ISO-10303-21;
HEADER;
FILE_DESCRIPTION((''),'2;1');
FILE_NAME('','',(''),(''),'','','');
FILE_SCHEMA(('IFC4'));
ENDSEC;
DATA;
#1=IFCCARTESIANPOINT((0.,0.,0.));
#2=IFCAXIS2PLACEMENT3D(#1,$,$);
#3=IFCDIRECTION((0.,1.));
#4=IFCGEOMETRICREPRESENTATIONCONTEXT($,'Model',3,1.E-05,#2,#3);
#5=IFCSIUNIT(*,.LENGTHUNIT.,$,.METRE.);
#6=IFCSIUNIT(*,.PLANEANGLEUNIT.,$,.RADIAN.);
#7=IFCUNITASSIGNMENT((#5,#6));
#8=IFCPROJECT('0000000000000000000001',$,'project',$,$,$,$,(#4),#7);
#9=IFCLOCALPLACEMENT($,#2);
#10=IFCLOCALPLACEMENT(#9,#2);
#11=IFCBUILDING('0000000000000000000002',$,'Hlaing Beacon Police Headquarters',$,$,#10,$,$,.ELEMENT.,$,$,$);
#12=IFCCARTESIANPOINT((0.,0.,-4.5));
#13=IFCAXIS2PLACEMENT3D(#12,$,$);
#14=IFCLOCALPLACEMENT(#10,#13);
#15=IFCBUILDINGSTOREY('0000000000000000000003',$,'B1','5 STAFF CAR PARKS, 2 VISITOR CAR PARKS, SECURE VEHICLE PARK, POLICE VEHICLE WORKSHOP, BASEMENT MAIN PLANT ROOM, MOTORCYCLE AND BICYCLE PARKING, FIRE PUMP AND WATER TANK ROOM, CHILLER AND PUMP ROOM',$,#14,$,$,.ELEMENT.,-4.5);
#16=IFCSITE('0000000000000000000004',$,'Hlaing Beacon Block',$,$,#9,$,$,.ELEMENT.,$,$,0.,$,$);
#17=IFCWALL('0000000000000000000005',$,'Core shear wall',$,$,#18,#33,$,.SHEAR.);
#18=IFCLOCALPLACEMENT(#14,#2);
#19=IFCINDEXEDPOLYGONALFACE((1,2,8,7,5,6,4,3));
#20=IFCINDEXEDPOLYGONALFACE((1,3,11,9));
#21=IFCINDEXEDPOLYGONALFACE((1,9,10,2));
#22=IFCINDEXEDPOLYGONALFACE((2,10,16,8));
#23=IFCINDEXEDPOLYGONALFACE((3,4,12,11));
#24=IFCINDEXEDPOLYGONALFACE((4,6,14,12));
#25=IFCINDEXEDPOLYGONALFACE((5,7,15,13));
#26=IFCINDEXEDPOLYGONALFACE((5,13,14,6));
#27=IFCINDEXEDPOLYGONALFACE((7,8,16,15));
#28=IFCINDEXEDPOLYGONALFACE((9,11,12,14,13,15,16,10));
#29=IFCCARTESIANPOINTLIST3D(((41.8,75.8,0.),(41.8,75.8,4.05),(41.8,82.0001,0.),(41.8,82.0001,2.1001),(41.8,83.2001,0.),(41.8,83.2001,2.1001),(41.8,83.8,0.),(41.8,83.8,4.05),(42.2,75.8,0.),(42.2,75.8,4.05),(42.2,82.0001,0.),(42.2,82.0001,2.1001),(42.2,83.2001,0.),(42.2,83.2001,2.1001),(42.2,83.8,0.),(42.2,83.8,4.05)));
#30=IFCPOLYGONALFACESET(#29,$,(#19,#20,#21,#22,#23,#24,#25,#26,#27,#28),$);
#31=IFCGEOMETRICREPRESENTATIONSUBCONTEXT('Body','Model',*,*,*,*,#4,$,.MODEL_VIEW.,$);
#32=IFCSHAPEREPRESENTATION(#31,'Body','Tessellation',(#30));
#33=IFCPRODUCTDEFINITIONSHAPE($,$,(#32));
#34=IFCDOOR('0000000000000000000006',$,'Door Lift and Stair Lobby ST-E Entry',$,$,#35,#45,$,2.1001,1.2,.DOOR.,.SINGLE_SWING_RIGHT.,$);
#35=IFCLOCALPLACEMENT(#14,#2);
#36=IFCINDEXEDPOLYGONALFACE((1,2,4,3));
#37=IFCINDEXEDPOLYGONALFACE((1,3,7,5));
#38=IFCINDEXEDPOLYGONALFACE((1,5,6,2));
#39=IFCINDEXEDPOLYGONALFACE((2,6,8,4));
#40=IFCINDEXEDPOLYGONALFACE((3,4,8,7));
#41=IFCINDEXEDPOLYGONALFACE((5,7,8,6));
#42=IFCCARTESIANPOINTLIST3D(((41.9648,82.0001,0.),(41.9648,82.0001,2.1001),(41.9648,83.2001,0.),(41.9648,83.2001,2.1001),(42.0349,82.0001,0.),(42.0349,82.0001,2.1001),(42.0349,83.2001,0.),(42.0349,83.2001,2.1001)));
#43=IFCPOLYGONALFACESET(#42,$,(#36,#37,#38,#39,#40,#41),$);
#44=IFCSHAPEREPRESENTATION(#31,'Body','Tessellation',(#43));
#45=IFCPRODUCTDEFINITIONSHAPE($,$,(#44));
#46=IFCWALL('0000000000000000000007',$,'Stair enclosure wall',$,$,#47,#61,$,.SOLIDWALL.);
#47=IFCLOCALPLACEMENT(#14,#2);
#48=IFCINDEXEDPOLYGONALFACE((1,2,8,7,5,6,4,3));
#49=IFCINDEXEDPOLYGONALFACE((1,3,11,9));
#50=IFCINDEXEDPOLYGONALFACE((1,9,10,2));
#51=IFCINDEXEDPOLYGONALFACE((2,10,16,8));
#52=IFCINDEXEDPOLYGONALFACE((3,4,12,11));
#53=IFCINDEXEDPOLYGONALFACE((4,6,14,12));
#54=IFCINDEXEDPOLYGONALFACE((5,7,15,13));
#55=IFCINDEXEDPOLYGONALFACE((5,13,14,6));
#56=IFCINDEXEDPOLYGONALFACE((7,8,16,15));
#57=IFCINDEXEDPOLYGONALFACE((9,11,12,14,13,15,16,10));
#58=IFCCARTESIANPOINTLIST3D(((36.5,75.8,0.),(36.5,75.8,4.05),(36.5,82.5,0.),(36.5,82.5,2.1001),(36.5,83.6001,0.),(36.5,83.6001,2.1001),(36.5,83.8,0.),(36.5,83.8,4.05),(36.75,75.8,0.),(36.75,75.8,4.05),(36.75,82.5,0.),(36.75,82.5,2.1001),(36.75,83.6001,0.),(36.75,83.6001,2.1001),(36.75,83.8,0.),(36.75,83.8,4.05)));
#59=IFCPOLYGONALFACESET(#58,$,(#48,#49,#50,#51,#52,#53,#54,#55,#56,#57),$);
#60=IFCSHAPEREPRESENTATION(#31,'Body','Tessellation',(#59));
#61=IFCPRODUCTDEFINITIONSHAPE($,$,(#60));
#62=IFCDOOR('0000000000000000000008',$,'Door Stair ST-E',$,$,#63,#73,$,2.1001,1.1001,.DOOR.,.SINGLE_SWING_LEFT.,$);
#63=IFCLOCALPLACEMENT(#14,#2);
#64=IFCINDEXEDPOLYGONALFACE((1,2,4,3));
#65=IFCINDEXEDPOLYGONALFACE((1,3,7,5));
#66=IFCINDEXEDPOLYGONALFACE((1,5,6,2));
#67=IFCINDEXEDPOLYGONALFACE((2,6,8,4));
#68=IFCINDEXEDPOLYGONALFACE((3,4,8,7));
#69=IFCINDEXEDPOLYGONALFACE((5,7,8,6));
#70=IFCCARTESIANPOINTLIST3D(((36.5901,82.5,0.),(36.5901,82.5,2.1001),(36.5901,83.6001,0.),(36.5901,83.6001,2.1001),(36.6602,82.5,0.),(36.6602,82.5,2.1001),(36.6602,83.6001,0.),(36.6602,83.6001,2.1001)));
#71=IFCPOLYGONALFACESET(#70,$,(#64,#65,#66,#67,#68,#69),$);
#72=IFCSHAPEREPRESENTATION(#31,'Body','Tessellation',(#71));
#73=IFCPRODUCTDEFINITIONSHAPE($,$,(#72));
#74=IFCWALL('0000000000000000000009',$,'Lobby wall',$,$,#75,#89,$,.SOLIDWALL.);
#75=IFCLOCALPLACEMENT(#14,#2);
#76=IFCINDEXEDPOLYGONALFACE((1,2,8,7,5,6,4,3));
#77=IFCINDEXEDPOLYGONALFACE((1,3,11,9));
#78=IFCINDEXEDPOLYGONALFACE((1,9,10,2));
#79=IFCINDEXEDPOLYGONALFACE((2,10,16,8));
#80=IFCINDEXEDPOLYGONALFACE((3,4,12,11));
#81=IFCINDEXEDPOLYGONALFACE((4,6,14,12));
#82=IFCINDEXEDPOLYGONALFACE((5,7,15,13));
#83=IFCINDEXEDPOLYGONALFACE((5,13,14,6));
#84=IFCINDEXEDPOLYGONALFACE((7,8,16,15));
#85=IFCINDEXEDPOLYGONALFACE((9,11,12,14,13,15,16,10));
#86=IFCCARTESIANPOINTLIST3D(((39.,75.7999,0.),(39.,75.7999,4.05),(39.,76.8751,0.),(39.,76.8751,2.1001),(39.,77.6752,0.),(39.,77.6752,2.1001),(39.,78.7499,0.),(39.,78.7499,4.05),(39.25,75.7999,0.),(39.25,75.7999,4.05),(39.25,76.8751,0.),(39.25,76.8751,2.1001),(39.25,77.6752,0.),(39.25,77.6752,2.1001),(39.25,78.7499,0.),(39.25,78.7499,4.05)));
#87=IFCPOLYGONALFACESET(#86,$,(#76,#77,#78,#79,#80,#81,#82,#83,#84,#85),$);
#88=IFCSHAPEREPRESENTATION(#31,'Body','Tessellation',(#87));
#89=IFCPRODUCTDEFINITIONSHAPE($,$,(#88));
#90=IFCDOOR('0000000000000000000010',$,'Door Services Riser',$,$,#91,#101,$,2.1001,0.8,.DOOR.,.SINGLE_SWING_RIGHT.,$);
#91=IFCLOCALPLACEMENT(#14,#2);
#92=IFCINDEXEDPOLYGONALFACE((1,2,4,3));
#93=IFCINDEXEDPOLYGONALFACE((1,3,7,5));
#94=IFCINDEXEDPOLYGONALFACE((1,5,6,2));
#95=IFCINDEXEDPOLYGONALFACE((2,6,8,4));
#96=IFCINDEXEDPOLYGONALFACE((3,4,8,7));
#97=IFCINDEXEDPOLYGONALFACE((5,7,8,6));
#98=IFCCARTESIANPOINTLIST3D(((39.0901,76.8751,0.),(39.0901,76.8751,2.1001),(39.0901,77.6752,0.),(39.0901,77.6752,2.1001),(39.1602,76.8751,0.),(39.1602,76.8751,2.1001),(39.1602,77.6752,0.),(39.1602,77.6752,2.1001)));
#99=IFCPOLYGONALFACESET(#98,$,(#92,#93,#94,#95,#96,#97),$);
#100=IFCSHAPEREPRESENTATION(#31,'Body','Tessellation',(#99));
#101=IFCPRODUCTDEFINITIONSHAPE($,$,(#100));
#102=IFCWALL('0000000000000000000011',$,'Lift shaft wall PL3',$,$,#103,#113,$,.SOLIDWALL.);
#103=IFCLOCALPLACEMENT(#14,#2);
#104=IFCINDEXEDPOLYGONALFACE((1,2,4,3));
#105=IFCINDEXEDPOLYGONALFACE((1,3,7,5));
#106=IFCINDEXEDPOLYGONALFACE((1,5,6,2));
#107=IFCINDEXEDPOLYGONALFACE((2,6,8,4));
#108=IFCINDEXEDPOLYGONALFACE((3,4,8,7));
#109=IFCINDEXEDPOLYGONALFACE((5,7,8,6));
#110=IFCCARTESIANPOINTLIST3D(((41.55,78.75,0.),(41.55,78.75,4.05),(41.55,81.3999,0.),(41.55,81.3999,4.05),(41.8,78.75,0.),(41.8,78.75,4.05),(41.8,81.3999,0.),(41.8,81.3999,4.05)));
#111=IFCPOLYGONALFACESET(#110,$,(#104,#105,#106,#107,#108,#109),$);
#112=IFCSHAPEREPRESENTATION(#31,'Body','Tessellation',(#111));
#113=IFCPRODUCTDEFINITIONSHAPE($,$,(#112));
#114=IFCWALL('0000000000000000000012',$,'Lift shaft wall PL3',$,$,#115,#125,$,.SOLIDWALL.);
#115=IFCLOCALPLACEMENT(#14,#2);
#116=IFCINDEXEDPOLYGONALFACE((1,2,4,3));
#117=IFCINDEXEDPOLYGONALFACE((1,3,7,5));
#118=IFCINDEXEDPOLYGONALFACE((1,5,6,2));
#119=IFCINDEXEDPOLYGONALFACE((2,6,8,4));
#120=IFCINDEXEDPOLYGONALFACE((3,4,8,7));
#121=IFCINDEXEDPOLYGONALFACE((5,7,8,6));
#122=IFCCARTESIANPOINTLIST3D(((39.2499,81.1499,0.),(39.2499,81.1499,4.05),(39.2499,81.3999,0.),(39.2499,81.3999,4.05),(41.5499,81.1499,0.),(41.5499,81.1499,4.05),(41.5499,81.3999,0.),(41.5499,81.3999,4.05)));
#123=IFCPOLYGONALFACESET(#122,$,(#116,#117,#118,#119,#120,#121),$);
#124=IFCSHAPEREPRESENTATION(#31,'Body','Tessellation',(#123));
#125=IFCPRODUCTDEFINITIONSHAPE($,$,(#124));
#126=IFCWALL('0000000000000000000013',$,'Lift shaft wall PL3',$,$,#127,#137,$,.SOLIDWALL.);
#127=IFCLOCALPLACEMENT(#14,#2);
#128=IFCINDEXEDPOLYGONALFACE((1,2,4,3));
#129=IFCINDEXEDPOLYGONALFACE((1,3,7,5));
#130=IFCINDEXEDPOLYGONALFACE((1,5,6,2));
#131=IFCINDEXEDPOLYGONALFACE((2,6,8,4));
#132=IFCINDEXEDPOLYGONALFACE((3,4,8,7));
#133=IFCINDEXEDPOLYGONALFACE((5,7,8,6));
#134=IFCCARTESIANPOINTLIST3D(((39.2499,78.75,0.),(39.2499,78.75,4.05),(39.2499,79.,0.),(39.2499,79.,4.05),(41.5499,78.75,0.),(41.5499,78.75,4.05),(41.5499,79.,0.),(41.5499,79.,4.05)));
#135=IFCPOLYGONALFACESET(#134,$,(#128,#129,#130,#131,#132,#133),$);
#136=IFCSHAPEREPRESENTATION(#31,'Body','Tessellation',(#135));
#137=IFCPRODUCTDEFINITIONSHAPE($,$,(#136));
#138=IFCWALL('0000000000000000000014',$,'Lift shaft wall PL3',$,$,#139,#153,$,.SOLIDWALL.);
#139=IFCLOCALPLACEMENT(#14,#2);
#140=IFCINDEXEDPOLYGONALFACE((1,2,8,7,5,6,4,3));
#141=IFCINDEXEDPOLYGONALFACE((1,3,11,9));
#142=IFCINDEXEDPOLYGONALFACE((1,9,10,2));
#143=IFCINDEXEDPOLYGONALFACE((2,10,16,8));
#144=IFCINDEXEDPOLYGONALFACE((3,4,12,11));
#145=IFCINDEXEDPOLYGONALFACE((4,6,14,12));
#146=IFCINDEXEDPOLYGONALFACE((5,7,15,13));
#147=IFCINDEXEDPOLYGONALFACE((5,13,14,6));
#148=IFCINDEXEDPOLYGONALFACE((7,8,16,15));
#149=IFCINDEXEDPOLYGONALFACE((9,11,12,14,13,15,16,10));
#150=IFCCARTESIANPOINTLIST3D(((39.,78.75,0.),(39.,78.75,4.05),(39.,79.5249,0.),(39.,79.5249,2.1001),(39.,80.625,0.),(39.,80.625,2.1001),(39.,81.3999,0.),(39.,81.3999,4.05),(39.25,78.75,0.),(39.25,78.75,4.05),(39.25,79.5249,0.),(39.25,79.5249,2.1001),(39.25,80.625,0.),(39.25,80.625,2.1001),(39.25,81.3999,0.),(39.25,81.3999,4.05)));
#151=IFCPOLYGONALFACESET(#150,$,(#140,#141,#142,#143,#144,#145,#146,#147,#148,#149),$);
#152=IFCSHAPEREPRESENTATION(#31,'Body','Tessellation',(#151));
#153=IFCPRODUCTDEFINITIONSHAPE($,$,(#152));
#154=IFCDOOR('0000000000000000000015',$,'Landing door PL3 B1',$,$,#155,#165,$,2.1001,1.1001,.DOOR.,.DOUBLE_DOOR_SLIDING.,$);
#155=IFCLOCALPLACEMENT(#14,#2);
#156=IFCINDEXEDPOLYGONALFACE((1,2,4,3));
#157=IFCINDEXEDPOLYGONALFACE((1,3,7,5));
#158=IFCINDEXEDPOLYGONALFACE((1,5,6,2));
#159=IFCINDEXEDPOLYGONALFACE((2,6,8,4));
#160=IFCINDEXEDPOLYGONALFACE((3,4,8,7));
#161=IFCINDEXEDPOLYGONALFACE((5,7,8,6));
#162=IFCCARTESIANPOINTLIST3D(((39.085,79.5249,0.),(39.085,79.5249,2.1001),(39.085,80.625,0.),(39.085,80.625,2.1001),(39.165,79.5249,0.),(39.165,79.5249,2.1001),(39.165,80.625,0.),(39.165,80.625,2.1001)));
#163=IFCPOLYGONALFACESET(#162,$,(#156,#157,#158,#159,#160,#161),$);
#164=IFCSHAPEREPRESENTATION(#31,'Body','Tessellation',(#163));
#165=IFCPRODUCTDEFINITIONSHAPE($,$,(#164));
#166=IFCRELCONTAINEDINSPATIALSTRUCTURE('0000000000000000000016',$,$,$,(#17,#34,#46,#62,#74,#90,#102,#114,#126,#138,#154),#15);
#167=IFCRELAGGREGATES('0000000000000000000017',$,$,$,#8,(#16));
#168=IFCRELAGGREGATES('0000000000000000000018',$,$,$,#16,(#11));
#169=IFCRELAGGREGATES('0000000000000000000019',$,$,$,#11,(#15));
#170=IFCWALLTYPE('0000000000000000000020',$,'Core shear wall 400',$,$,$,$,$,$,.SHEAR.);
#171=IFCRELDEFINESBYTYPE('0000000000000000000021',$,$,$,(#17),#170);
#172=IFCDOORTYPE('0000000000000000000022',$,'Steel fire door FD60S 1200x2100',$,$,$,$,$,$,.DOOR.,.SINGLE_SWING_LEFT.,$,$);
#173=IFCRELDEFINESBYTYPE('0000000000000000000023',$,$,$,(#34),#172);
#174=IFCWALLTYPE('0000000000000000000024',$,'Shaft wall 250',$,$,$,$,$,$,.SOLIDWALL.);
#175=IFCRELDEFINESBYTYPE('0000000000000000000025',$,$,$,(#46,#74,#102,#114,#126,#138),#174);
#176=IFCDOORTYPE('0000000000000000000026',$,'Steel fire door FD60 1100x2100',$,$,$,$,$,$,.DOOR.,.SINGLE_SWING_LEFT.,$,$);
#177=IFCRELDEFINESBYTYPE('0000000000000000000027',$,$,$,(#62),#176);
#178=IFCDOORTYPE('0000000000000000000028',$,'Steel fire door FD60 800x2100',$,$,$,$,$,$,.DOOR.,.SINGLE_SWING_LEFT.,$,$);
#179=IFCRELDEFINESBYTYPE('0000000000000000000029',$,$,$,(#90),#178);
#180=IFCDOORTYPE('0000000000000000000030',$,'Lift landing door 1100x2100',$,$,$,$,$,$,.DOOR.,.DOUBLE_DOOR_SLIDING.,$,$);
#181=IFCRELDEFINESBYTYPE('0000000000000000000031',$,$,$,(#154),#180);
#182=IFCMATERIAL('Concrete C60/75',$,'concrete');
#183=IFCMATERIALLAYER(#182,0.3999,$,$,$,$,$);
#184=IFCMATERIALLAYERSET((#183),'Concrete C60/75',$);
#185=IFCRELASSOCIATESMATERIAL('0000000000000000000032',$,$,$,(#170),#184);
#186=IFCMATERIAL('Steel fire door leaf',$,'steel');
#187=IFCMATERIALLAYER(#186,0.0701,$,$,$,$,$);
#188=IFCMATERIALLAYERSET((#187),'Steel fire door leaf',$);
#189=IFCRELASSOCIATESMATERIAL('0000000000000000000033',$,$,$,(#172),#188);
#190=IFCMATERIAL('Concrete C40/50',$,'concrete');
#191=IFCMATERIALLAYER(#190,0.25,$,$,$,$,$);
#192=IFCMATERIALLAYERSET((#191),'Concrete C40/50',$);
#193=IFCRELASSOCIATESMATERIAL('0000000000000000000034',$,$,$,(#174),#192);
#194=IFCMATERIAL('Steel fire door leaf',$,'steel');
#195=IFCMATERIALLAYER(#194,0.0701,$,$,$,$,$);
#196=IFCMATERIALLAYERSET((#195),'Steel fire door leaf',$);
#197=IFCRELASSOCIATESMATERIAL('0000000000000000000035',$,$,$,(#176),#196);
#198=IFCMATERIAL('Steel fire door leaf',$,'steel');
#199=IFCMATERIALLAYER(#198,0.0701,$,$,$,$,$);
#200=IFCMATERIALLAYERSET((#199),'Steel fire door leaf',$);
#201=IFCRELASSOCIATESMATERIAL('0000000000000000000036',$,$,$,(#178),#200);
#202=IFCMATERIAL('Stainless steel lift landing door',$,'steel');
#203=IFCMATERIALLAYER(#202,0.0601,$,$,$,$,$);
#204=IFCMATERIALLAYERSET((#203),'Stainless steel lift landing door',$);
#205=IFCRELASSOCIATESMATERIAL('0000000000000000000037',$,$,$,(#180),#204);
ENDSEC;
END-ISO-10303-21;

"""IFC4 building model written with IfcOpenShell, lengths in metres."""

from ifc_helpers import new_model, si_unit, direction, frame, frame_2d, origin, place, context, subcontext, project, spatial, rectangle, extrude, material, layer, layer_set, type_object, element, fill, save


model = new_model("IFC4")

# Units and contexts
model_context = context("Model", 3, precision=1e-05, world=origin(), true_north=direction((0.0, 1.0)))
body_context = subcontext(model_context, "Body", "Model", "MODEL_VIEW")
ifc_project = project(units=[si_unit("LENGTHUNIT", "METRE"), si_unit("PLANEANGLEUNIT", "RADIAN")], contexts=[model_context])

# Site, building, storey
site_placement = place(None, origin())
site = spatial("IfcSite", under=ifc_project, at=site_placement, Name="Hlaing Beacon Block", CompositionType="ELEMENT", RefElevation=0.0)
building_placement = place(site_placement, origin())
building = spatial("IfcBuilding", under=site, at=building_placement, Name="Hlaing Beacon Police Headquarters", CompositionType="ELEMENT")
storey_placement = place(building_placement, frame((0.0, 0.0, -4.5)))
storey = spatial("IfcBuildingStorey", under=building, at=storey_placement, Name="B1", Description="5 STAFF CAR PARKS, 2 VISITOR CAR PARKS, SECURE VEHICLE PARK, POLICE VEHICLE WORKSHOP, BASEMENT MAIN PLANT ROOM, MOTORCYCLE AND BICYCLE PARKING, FIRE PUMP AND WATER TANK ROOM, CHILLER AND PUMP ROOM", CompositionType="ELEMENT", Elevation=-4.5)

# Walls, openings, doors
ifc_material_1 = material(Name="Concrete C60/75", Category="concrete")
ifc_layer_1 = layer(ifc_material_1, 0.3999)
ifc_layer_set_1 = layer_set([ifc_layer_1], Name="Concrete C60/75")
wall_type_1 = type_object("IfcWallType", Name="Core shear wall 400", PredefinedType="SHEAR", material=ifc_layer_set_1)
wall_1_placement = place(storey_placement, frame((42.0, 75.8, 0.0), z_axis=(0.0, 0.0, 1.0), x_axis=(0.0, 1.0, 0.0)))
wall_1 = element("IfcWall", 1, at=wall_1_placement, inside=storey, type_object=wall_type_1, Name="Core shear wall", PredefinedType="SHEAR", context=body_context, shape_type="SweptSolid", body=[
    extrude(rectangle(XDim=8.0, YDim=0.3999, at=frame_2d((4.0, 0.0))), origin(), (0.0, 0.0, 1.0), 4.05),
])
opening_1_placement = place(wall_1_placement, frame((6.2, 0.0, 0.0)))
opening_1 = element("IfcOpeningElement", 2, at=opening_1_placement, cuts=wall_1, PredefinedType="OPENING", context=body_context, shape_type="SweptSolid", body=[
    extrude(rectangle(XDim=1.2, YDim=2.1001, at=frame_2d((0.6001, 1.05))), frame((0.0, 0.21, 0.0), z_axis=(0.0, -1.0, 0.0), x_axis=(1.0, 0.0, 0.0)), (0.0, 0.0, 1.0), 0.4199),
])
ifc_material_2 = material(Name="Steel fire door leaf", Category="steel")
ifc_layer_2 = layer(ifc_material_2, 0.0701)
ifc_layer_set_2 = layer_set([ifc_layer_2], Name="Steel fire door leaf")
door_type_1 = type_object("IfcDoorType", Name="Steel fire door FD60S 1200x2100", OperationType="SINGLE_SWING_LEFT", PredefinedType="DOOR", material=ifc_layer_set_2)
door_1_placement = place(opening_1_placement, origin())
door_1 = element("IfcDoor", 3, at=door_1_placement, inside=storey, type_object=door_type_1, Name="Door Lift and Stair Lobby ST-E Entry", OperationType="SINGLE_SWING_RIGHT", OverallHeight=2.1001, OverallWidth=1.2, PredefinedType="DOOR", context=body_context, shape_type="SweptSolid", body=[
    extrude(rectangle(XDim=1.2, YDim=2.1001, at=frame_2d((0.6001, 1.05))), frame((0.0, 0.0352, 0.0), z_axis=(0.0, -1.0, 0.0), x_axis=(1.0, 0.0, 0.0)), (0.0, 0.0, 1.0), 0.0701),
])
fill(opening_1, door_1)
ifc_material_3 = material(Name="Concrete C40/50", Category="concrete")
ifc_layer_3 = layer(ifc_material_3, 0.25)
ifc_layer_set_3 = layer_set([ifc_layer_3], Name="Concrete C40/50")
wall_type_2 = type_object("IfcWallType", Name="Shaft wall 250", PredefinedType="SOLIDWALL", material=ifc_layer_set_3)
wall_2_placement = place(storey_placement, frame((36.625, 83.8, 0.0), z_axis=(0.0, 0.0, 1.0), x_axis=(0.0, -1.0, 0.0)))
wall_2 = element("IfcWall", 4, at=wall_2_placement, inside=storey, type_object=wall_type_2, Name="Stair enclosure wall", PredefinedType="SOLIDWALL", context=body_context, shape_type="SweptSolid", body=[
    extrude(rectangle(XDim=8.0, YDim=0.25, at=frame_2d((4.0, 0.0))), origin(), (0.0, 0.0, 1.0), 4.05),
])
opening_2_placement = place(wall_2_placement, frame((0.2, 0.0, 0.0)))
opening_2 = element("IfcOpeningElement", 5, at=opening_2_placement, cuts=wall_2, PredefinedType="OPENING", context=body_context, shape_type="SweptSolid", body=[
    extrude(rectangle(XDim=1.1001, YDim=2.1001, at=frame_2d((0.55, 1.05))), frame((0.0, 0.135, 0.0), z_axis=(0.0, -1.0, 0.0), x_axis=(1.0, 0.0, 0.0)), (0.0, 0.0, 1.0), 0.27),
])
ifc_material_4 = material(Name="Steel fire door leaf", Category="steel")
ifc_layer_4 = layer(ifc_material_4, 0.0701)
ifc_layer_set_4 = layer_set([ifc_layer_4], Name="Steel fire door leaf")
door_type_2 = type_object("IfcDoorType", Name="Steel fire door FD60 1100x2100", OperationType="SINGLE_SWING_LEFT", PredefinedType="DOOR", material=ifc_layer_set_4)
door_2_placement = place(opening_2_placement, frame((1.1001, 0.0, 0.0), z_axis=(0.0, 0.0, 1.0), x_axis=(-1.0, 0.0, 0.0)))
door_2 = element("IfcDoor", 6, at=door_2_placement, inside=storey, type_object=door_type_2, Name="Door Stair ST-E", OperationType="SINGLE_SWING_LEFT", OverallHeight=2.1001, OverallWidth=1.1001, PredefinedType="DOOR", context=body_context, shape_type="SweptSolid", body=[
    extrude(rectangle(XDim=1.1001, YDim=2.1001, at=frame_2d((0.55, 1.05))), frame((0.0, 0.0349, 0.0), z_axis=(0.0, -1.0, 0.0), x_axis=(1.0, 0.0, 0.0)), (0.0, 0.0, 1.0), 0.0701),
])
fill(opening_2, door_2)
wall_3_placement = place(storey_placement, frame((39.125, 78.75, 0.0), z_axis=(0.0, 0.0, 1.0), x_axis=(0.0, -1.0, 0.0)))
wall_3 = element("IfcWall", 7, at=wall_3_placement, inside=storey, type_object=wall_type_2, Name="Lobby wall", PredefinedType="SOLIDWALL", context=body_context, shape_type="SweptSolid", body=[
    extrude(rectangle(XDim=2.95, YDim=0.25, at=frame_2d((1.4751, 0.0))), origin(), (0.0, 0.0, 1.0), 4.05),
])
opening_3_placement = place(wall_3_placement, frame((1.075, 0.0, 0.0)))
opening_3 = element("IfcOpeningElement", 8, at=opening_3_placement, cuts=wall_3, PredefinedType="OPENING", context=body_context, shape_type="SweptSolid", body=[
    extrude(rectangle(XDim=0.8, YDim=2.1001, at=frame_2d((0.3999, 1.05))), frame((0.0, 0.135, 0.0), z_axis=(0.0, -1.0, 0.0), x_axis=(1.0, 0.0, 0.0)), (0.0, 0.0, 1.0), 0.27),
])
ifc_material_5 = material(Name="Steel fire door leaf", Category="steel")
ifc_layer_5 = layer(ifc_material_5, 0.0701)
ifc_layer_set_5 = layer_set([ifc_layer_5], Name="Steel fire door leaf")
door_type_3 = type_object("IfcDoorType", Name="Steel fire door FD60 800x2100", OperationType="SINGLE_SWING_LEFT", PredefinedType="DOOR", material=ifc_layer_set_5)
door_3_placement = place(opening_3_placement, origin())
door_3 = element("IfcDoor", 9, at=door_3_placement, inside=storey, type_object=door_type_3, Name="Door Services Riser", OperationType="SINGLE_SWING_RIGHT", OverallHeight=2.1001, OverallWidth=0.8, PredefinedType="DOOR", context=body_context, shape_type="SweptSolid", body=[
    extrude(rectangle(XDim=0.8, YDim=2.1001, at=frame_2d((0.3999, 1.05))), frame((0.0, 0.0352, 0.0), z_axis=(0.0, -1.0, 0.0), x_axis=(1.0, 0.0, 0.0)), (0.0, 0.0, 1.0), 0.0701),
])
fill(opening_3, door_3)

# Walls
wall_4_placement = place(storey_placement, frame((41.675, 78.75, 0.0), z_axis=(0.0, 0.0, 1.0), x_axis=(0.0, 1.0, 0.0)))
element("IfcWall", 10, at=wall_4_placement, inside=storey, type_object=wall_type_2, Name="Lift shaft wall PL3", PredefinedType="SOLIDWALL", context=body_context, shape_type="SweptSolid", body=[
    extrude(rectangle(XDim=2.6499, YDim=0.25, at=frame_2d((1.325, 0.0))), origin(), (0.0, 0.0, 1.0), 4.05),
])
for number, where, z_axis, x_axis, name in (
    (11, (39.25, 81.2749, 0.0), (0.0, 0.0, 1.0), (1.0, 0.0, 0.0), "Lift shaft wall PL3"),
    (12, (39.25, 78.875, 0.0), (0.0, 0.0, 1.0), (1.0, 0.0, 0.0), "Lift shaft wall PL3"),
):
    element("IfcWall", number, at=place(storey_placement, frame(where, z_axis=z_axis, x_axis=x_axis)), inside=storey, type_object=wall_type_2, Name=name, PredefinedType="SOLIDWALL", context=body_context, shape_type="SweptSolid", body=[
        extrude(rectangle(XDim=2.3, YDim=0.25, at=frame_2d((1.1499, 0.0))), origin(), (0.0, 0.0, 1.0), 4.05),
    ])

# Wall, opening, door
wall_5_placement = place(storey_placement, frame((39.125, 78.75, 0.0), z_axis=(0.0, 0.0, 1.0), x_axis=(0.0, 1.0, 0.0)))
wall_5 = element("IfcWall", 13, at=wall_5_placement, inside=storey, type_object=wall_type_2, Name="Lift shaft wall PL3", PredefinedType="SOLIDWALL", context=body_context, shape_type="SweptSolid", body=[
    extrude(rectangle(XDim=2.6499, YDim=0.25, at=frame_2d((1.325, 0.0))), origin(), (0.0, 0.0, 1.0), 4.05),
])
opening_4_placement = place(wall_5_placement, frame((0.7749, 0.0, 0.0)))
opening_4 = element("IfcOpeningElement", 14, at=opening_4_placement, cuts=wall_5, PredefinedType="OPENING", context=body_context, shape_type="SweptSolid", body=[
    extrude(rectangle(XDim=1.1001, YDim=2.1001, at=frame_2d((0.55, 1.05))), frame((0.0, 0.135, 0.0), z_axis=(0.0, -1.0, 0.0), x_axis=(1.0, 0.0, 0.0)), (0.0, 0.0, 1.0), 0.27),
])
ifc_material_6 = material(Name="Stainless steel lift landing door", Category="steel")
ifc_layer_6 = layer(ifc_material_6, 0.0601)
ifc_layer_set_6 = layer_set([ifc_layer_6], Name="Stainless steel lift landing door")
door_type_4 = type_object("IfcDoorType", Name="Lift landing door 1100x2100", OperationType="DOUBLE_DOOR_SLIDING", PredefinedType="DOOR", material=ifc_layer_set_6)
door_4_placement = place(opening_4_placement, origin())
door_4 = element("IfcDoor", 15, at=door_4_placement, inside=storey, type_object=door_type_4, Name="Landing door PL3 B1", OperationType="DOUBLE_DOOR_SLIDING", OverallHeight=2.1001, OverallWidth=1.1001, PredefinedType="DOOR", context=body_context, shape_type="SweptSolid", body=[
    extrude(rectangle(XDim=1.1001, YDim=2.1001, at=frame_2d((0.55, 1.05))), frame((0.0, 0.04, 0.0), z_axis=(0.0, -1.0, 0.0), x_axis=(1.0, 0.0, 0.0)), (0.0, 0.0, 1.0), 0.0801),
])
fill(opening_4, door_4)

save(model, "model.ifc")
